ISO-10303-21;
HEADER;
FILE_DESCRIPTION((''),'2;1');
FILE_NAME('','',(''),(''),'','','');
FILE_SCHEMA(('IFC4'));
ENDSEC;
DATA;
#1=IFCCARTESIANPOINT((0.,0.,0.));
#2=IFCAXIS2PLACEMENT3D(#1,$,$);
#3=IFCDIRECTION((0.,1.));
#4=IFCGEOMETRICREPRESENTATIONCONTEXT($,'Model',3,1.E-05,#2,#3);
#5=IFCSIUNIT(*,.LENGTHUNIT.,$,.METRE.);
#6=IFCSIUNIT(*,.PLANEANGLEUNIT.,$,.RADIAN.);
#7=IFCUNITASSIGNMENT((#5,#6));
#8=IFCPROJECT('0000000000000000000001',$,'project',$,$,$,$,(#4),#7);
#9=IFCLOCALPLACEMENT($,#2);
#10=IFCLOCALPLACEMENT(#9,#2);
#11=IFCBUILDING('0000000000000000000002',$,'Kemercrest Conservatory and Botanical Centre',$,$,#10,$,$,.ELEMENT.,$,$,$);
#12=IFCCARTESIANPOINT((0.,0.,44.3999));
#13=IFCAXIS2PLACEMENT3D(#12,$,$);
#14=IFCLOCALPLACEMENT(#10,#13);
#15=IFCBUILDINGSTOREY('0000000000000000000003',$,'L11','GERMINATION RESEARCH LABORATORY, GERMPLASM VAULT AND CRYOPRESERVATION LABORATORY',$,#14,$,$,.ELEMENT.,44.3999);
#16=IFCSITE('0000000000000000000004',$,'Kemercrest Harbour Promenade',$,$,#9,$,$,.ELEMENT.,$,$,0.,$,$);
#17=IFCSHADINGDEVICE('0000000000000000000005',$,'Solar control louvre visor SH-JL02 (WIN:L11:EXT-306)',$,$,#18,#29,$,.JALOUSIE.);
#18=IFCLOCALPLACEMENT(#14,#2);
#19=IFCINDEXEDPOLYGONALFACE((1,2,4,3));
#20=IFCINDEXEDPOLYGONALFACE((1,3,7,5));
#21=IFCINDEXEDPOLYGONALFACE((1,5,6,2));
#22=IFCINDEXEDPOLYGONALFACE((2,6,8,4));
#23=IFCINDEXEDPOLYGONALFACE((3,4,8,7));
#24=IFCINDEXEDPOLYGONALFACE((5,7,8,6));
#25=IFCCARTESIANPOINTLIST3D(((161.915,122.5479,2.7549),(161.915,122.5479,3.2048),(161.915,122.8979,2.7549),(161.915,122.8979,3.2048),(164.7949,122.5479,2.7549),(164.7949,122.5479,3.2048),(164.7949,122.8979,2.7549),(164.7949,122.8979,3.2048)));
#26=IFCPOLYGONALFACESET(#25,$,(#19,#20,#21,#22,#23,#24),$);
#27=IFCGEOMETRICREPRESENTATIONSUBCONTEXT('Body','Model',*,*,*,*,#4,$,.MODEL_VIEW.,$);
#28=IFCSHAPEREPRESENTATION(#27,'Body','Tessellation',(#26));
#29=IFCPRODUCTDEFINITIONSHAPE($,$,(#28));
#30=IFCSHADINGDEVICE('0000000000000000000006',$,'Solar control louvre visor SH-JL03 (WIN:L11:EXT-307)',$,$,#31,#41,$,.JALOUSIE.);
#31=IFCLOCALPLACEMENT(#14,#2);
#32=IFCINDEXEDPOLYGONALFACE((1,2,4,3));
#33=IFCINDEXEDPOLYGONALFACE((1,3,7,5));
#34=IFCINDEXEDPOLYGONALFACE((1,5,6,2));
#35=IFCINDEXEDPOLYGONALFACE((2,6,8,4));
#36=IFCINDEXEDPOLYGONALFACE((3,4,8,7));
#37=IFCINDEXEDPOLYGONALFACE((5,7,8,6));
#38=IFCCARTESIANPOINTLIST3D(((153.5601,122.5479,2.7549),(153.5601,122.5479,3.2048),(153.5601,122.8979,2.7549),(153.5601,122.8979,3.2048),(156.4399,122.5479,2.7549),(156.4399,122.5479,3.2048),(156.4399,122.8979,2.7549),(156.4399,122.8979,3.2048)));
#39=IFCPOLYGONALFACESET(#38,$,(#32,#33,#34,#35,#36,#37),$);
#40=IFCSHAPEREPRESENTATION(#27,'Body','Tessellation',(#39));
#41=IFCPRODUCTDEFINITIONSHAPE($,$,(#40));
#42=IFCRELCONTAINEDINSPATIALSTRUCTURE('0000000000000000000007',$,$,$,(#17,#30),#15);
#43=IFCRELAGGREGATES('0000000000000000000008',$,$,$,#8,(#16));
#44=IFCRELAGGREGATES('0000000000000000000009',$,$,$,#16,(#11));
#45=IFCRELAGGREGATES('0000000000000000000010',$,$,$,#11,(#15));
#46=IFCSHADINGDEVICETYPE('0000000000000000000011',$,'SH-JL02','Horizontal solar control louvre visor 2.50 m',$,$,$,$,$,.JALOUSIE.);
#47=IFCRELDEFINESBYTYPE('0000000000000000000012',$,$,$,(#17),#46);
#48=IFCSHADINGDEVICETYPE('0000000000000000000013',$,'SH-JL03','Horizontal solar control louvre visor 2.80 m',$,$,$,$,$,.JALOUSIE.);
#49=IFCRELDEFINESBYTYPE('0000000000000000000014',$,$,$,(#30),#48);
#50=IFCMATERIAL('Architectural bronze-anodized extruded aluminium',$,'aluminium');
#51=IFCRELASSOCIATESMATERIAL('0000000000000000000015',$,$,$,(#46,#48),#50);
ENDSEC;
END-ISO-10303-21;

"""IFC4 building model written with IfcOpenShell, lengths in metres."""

from ifc_helpers import new_model, si_unit, direction, frame, origin, origin_2d, place, context, subcontext, project, spatial, rectangle, extrude, material, type_object, element, save


model = new_model("IFC4")

# Units and contexts
model_context = context("Model", 3, precision=1e-05, world=origin(), true_north=direction((0.0, 1.0)))
body_context = subcontext(model_context, "Body", "Model", "MODEL_VIEW")
ifc_project = project(units=[si_unit("LENGTHUNIT", "METRE"), si_unit("PLANEANGLEUNIT", "RADIAN")], contexts=[model_context])

# Site, building, storey
site_placement = place(None, origin())
site = spatial("IfcSite", under=ifc_project, at=site_placement, Name="Kemercrest Harbour Promenade", CompositionType="ELEMENT", RefElevation=0.0)
building_placement = place(site_placement, origin())
building = spatial("IfcBuilding", under=site, at=building_placement, Name="Kemercrest Conservatory and Botanical Centre", CompositionType="ELEMENT")
storey_placement = place(building_placement, frame((0.0, 0.0, 44.3999)))
storey = spatial("IfcBuildingStorey", under=building, at=storey_placement, Name="L11", Description="GERMINATION RESEARCH LABORATORY, GERMPLASM VAULT AND CRYOPRESERVATION LABORATORY", CompositionType="ELEMENT", Elevation=44.3999)

# Shading devices
ifc_material_1 = material(Name="Architectural bronze-anodized extruded aluminium", Category="aluminium")
shading_device_type_1 = type_object("IfcShadingDeviceType", Name="SH-JL02", Description="Horizontal solar control louvre visor 2.50 m", PredefinedType="JALOUSIE", material=ifc_material_1)
shading_device_1_placement = place(storey_placement, frame((163.355, 122.7229, 2.7549), z_axis=(0.0, 0.0, 1.0), x_axis=(-1.0, 0.0, 0.0)))
element("IfcShadingDevice", 1, at=shading_device_1_placement, inside=storey, type_object=shading_device_type_1, Name="Solar control louvre visor SH-JL02 (WIN:L11:EXT-306)", PredefinedType="JALOUSIE", context=body_context, shape_type="SweptSolid", body=[
    extrude(rectangle(XDim=2.8799, YDim=0.3501, at=origin_2d()), origin(), (0.0, 0.0, 1.0), 0.45),
])
shading_device_type_2 = type_object("IfcShadingDeviceType", Name="SH-JL03", Description="Horizontal solar control louvre visor 2.80 m", PredefinedType="JALOUSIE", material=ifc_material_1)
shading_device_2_placement = place(storey_placement, frame((155.0, 122.7229, 2.7549), z_axis=(0.0, 0.0, 1.0), x_axis=(-1.0, 0.0, 0.0)))
element("IfcShadingDevice", 2, at=shading_device_2_placement, inside=storey, type_object=shading_device_type_2, Name="Solar control louvre visor SH-JL03 (WIN:L11:EXT-307)", PredefinedType="JALOUSIE", context=body_context, shape_type="SweptSolid", body=[
    extrude(rectangle(XDim=2.8799, YDim=0.3501, at=origin_2d()), origin(), (0.0, 0.0, 1.0), 0.45),
])

save(model, "model.ifc")
